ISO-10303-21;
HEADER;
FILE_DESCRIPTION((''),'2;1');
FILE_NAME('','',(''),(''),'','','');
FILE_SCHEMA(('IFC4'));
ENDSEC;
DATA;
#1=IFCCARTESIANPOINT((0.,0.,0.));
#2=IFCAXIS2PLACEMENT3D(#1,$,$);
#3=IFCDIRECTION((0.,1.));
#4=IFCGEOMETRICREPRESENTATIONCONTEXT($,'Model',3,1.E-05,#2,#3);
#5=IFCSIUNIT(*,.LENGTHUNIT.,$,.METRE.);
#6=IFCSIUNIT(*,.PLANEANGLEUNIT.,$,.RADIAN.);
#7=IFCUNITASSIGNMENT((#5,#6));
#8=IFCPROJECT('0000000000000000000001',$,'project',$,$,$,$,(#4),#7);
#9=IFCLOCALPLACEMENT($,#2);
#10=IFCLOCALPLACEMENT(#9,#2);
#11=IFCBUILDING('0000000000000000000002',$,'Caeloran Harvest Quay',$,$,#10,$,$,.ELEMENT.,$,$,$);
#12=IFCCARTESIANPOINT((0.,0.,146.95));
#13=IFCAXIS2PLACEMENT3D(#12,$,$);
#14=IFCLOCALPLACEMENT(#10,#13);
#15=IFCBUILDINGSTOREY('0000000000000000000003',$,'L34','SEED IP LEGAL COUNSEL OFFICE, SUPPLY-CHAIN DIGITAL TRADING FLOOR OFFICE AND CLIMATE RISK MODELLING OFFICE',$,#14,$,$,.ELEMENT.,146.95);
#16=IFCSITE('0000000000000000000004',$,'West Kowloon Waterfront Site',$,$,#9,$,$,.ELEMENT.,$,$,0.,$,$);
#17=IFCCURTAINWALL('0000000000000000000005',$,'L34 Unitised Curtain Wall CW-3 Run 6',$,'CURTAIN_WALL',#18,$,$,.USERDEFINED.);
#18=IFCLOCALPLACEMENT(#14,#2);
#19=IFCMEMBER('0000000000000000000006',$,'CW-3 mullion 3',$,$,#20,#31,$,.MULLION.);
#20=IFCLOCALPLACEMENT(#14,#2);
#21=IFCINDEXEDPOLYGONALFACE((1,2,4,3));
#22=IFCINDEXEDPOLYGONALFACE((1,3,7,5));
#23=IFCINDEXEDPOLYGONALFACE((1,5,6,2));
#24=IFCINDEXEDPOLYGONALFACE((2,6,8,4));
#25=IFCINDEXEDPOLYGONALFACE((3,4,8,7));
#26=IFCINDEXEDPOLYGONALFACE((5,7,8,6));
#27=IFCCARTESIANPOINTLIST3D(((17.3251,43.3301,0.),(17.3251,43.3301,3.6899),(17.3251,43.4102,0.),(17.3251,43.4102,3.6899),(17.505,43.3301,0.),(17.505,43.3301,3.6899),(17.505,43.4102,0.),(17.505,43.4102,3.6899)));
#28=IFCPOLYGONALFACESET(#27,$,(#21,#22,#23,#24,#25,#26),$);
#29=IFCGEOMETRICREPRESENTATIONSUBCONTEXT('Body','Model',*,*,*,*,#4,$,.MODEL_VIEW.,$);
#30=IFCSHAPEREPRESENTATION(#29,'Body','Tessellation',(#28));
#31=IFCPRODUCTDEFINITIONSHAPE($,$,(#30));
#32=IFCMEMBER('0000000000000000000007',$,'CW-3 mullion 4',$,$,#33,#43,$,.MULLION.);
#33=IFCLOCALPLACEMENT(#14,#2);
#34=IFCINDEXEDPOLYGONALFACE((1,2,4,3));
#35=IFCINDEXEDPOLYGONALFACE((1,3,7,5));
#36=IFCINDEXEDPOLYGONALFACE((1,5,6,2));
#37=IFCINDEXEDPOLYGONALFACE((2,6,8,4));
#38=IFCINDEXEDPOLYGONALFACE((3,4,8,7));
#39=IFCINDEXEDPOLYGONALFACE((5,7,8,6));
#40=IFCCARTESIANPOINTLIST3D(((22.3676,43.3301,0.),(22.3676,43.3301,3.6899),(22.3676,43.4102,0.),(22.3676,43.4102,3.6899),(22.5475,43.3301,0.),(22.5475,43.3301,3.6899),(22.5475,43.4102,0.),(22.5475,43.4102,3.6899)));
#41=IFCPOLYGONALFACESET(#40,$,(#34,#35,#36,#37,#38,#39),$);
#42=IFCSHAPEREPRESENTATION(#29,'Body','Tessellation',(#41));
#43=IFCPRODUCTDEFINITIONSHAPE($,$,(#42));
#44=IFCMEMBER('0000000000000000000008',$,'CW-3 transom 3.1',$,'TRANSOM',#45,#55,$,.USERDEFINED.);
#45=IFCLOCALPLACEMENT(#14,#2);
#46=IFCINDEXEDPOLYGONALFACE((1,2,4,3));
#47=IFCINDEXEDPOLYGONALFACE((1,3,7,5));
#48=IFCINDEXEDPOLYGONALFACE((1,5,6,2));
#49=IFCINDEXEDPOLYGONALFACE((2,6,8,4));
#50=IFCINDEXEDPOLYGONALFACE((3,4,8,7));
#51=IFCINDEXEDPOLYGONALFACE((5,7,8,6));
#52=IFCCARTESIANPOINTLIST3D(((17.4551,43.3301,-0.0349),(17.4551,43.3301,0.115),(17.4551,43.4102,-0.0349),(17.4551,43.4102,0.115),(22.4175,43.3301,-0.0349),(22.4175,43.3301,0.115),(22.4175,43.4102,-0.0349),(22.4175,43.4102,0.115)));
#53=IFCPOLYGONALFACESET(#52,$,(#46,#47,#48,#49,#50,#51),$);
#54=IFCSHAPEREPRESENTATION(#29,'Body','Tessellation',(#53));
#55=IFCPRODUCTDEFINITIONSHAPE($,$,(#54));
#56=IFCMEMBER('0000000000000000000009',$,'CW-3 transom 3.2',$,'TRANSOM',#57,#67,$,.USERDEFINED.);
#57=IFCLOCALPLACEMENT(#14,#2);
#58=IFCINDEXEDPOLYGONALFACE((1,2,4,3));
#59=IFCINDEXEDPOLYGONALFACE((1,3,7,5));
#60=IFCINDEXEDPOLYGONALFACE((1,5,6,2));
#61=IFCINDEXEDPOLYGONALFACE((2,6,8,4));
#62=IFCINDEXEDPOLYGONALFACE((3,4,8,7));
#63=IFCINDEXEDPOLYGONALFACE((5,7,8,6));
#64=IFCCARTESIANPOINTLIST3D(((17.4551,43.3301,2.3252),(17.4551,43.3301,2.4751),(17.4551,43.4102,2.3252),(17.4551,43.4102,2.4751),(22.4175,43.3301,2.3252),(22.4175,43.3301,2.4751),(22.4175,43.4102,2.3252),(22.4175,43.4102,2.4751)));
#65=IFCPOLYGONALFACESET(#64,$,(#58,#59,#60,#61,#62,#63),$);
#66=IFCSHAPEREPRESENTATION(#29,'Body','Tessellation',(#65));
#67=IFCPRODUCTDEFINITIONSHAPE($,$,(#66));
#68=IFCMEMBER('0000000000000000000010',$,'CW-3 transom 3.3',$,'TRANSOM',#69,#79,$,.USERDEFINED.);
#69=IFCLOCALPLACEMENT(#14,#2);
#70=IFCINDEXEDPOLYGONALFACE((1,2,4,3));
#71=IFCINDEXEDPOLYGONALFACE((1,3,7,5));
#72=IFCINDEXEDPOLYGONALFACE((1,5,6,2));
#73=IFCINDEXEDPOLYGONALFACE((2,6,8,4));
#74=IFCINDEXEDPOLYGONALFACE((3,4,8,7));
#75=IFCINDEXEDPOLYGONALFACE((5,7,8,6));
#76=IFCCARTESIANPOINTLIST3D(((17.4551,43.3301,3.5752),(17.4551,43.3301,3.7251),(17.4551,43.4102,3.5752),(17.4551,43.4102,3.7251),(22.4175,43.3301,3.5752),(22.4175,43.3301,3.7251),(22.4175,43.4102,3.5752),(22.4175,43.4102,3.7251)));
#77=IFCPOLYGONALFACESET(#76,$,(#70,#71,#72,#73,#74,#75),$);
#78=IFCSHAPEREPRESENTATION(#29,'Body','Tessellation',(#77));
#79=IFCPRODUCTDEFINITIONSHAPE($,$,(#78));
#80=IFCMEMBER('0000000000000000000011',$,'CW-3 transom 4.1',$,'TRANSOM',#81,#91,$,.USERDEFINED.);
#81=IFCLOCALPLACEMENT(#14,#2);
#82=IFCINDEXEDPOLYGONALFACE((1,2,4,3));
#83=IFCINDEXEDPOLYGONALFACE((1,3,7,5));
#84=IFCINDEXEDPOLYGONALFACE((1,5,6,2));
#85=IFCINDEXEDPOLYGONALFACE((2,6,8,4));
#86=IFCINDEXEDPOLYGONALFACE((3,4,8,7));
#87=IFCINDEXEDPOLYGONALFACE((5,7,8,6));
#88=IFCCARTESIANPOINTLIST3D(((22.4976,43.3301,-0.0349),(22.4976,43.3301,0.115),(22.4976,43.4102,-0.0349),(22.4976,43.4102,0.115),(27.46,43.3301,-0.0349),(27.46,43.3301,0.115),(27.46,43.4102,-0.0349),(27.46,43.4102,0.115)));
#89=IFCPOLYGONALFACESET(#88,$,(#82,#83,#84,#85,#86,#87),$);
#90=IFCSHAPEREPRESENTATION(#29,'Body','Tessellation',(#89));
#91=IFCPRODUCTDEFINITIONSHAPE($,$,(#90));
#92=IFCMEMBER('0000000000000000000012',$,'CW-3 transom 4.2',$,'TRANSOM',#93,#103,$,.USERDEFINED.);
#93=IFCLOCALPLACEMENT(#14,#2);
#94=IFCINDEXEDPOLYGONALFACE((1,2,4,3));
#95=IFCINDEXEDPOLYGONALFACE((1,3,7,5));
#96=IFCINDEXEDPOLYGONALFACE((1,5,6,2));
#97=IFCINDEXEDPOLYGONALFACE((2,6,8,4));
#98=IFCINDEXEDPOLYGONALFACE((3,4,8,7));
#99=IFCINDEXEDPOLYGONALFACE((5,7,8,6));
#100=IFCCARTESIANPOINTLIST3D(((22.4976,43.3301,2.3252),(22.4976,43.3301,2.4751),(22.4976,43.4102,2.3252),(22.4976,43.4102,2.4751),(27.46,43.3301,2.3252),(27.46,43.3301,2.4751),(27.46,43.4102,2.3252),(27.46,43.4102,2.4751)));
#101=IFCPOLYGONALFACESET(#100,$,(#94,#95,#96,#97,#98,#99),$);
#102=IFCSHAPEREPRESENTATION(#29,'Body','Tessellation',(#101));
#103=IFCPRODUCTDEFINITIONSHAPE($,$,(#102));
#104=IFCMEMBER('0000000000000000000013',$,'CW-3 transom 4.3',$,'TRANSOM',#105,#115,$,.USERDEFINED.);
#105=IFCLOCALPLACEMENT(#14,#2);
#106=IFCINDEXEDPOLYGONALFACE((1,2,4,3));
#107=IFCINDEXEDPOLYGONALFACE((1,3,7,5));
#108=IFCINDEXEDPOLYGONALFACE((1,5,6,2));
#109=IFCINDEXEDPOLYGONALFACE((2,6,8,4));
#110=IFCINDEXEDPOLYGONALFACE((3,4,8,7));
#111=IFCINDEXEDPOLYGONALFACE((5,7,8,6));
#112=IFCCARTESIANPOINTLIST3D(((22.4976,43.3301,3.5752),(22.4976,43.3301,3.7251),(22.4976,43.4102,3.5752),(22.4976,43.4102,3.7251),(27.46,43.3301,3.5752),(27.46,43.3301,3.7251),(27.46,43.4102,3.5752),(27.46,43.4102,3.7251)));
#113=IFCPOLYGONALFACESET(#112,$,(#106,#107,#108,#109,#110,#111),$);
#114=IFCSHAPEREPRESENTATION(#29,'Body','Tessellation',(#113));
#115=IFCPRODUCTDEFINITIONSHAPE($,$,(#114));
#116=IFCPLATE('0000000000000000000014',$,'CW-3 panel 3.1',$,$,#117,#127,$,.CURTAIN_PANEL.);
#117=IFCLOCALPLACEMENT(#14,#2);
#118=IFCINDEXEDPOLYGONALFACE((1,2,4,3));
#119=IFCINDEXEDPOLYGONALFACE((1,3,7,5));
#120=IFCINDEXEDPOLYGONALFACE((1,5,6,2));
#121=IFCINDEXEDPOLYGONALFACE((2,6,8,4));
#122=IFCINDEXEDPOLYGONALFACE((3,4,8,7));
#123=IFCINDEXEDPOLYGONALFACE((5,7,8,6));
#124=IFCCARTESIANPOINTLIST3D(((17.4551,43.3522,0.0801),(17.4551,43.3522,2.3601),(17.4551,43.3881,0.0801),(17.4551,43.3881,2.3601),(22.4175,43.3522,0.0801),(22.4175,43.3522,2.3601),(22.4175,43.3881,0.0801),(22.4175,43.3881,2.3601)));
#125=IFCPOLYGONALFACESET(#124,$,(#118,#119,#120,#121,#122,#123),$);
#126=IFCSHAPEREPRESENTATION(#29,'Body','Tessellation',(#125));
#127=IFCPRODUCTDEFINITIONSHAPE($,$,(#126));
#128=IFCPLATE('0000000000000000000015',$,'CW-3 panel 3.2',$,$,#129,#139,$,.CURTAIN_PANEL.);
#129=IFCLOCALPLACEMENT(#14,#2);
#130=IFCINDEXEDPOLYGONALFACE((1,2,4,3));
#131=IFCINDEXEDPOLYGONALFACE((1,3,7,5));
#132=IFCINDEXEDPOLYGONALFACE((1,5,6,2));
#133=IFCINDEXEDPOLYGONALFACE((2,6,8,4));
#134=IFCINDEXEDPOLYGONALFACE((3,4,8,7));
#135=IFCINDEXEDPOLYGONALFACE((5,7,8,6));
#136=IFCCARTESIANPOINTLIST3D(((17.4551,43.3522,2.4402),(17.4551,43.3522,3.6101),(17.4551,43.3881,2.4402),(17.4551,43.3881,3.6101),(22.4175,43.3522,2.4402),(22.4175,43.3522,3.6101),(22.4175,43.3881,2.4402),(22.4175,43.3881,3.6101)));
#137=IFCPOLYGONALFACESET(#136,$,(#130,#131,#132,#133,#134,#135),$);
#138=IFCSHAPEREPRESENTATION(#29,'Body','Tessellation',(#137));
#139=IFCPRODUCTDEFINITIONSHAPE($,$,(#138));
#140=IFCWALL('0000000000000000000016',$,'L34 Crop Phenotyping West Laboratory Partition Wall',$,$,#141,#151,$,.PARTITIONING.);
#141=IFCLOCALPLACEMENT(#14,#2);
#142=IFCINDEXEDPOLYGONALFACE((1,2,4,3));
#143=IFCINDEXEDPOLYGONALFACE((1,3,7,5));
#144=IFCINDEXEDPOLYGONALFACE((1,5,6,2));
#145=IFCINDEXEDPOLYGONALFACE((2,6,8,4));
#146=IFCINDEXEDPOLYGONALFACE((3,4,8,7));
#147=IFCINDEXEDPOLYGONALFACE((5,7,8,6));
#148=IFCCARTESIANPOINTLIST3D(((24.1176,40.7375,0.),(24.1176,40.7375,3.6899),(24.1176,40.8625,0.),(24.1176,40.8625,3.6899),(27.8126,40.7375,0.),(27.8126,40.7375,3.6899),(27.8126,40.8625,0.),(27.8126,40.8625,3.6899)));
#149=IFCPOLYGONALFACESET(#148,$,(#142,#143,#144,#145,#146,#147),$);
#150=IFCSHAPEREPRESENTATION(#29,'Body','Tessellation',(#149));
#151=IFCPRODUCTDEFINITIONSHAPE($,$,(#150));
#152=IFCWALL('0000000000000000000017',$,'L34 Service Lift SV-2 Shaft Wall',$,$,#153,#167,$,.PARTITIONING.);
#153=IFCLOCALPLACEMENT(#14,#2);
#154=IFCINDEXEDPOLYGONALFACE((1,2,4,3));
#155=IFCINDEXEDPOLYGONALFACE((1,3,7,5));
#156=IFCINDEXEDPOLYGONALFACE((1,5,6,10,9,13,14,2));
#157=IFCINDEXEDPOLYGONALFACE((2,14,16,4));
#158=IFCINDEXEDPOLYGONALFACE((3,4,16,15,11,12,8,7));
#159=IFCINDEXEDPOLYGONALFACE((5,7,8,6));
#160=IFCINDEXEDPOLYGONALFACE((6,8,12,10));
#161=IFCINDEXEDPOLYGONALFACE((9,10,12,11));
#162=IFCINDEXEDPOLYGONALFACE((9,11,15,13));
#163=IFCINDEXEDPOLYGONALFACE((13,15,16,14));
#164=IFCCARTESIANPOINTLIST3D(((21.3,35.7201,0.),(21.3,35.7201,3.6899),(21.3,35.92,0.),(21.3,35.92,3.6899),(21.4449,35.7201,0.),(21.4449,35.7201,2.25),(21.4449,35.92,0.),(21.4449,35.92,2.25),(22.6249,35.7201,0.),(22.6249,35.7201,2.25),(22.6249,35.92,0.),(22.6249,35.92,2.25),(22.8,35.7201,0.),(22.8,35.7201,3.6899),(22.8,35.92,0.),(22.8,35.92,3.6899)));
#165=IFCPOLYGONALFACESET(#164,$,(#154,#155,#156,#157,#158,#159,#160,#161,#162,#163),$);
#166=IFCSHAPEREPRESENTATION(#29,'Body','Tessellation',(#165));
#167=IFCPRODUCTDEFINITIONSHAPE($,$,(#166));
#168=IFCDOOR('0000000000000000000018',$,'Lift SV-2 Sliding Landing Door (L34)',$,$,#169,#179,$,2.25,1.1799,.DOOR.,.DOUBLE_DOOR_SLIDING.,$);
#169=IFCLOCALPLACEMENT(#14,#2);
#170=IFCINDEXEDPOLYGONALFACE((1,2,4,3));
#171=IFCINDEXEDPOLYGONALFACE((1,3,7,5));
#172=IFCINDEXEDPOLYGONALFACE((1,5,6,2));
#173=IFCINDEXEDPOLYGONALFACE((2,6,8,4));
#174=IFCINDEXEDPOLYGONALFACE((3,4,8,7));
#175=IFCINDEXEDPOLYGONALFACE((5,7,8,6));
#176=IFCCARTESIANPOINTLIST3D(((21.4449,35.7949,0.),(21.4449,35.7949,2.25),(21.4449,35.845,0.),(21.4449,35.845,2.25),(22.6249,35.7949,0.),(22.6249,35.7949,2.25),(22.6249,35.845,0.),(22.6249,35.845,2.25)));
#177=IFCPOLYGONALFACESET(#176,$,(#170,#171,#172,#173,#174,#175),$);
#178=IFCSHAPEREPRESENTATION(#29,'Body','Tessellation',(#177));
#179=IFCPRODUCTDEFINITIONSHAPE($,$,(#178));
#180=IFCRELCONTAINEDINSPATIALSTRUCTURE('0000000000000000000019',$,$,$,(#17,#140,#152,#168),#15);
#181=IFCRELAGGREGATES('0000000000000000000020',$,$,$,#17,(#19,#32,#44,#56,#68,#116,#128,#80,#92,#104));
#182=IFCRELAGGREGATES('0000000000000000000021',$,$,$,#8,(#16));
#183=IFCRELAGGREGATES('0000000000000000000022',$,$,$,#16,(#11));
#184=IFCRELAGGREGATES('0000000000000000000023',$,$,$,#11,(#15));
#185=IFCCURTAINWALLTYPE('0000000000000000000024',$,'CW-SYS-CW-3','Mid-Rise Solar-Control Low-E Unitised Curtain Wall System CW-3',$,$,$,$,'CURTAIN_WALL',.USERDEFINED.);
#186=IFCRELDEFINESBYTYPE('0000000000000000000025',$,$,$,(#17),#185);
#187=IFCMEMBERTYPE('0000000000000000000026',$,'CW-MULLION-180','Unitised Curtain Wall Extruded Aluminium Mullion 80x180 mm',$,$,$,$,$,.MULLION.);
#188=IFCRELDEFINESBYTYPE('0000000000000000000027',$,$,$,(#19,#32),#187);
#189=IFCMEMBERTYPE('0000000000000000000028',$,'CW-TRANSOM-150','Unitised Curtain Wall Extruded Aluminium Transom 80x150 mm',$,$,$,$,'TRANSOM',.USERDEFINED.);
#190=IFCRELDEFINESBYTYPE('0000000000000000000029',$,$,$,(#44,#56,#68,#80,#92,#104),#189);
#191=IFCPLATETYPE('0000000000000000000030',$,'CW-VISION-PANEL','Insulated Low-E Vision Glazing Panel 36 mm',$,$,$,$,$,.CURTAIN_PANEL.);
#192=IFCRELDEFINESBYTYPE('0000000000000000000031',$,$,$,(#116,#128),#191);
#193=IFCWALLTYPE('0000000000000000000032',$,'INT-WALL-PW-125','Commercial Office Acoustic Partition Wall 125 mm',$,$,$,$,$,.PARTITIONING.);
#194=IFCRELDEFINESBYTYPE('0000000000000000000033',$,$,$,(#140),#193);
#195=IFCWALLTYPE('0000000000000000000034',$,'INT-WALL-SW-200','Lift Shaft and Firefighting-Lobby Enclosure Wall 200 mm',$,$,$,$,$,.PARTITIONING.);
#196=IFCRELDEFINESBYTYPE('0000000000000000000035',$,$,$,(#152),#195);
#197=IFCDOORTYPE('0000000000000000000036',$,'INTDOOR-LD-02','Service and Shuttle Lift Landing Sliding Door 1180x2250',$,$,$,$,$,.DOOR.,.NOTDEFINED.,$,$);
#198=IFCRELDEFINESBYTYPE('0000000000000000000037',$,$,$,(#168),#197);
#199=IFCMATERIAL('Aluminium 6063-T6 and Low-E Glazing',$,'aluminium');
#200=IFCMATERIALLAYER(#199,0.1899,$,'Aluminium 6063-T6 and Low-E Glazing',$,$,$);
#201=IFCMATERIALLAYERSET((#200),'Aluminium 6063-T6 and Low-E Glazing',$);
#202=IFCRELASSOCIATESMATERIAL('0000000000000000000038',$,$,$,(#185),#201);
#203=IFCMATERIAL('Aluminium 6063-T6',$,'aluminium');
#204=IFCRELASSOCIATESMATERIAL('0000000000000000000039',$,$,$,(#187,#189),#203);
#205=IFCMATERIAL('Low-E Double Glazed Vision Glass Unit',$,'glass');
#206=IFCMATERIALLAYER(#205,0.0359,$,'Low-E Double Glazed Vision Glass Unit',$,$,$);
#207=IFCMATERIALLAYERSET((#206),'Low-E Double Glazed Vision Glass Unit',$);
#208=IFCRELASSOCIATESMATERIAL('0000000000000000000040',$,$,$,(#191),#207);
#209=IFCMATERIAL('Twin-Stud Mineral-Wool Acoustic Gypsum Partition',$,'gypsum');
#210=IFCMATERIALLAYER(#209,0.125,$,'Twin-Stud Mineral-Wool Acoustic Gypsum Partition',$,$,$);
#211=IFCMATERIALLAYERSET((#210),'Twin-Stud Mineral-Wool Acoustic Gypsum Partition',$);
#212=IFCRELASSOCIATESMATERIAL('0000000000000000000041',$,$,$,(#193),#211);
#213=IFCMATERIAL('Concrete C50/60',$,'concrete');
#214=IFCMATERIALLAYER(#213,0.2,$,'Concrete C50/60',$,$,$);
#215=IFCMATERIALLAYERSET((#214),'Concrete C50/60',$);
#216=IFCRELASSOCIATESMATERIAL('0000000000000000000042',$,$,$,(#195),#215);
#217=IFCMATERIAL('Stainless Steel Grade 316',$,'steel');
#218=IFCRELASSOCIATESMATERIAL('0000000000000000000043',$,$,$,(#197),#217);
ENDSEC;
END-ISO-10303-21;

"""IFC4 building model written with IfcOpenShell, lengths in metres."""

from ifc_helpers import new_model, si_unit, direction, frame, frame_2d, origin, origin_2d, place, context, subcontext, project, spatial, rectangle, extrude, material, layer, layer_set, material_profile, profile_set, type_object, element, fill, aggregate, save


model = new_model("IFC4")

# Units and contexts
model_context = context("Model", 3, precision=1e-05, world=origin(), true_north=direction((0.0, 1.0)))
body_context = subcontext(model_context, "Body", "Model", "MODEL_VIEW")
ifc_project = project(units=[si_unit("LENGTHUNIT", "METRE"), si_unit("PLANEANGLEUNIT", "RADIAN")], contexts=[model_context])

# Site, building, storey
site_placement = place(None, origin())
site = spatial("IfcSite", under=ifc_project, at=site_placement, Name="West Kowloon Waterfront Site", CompositionType="ELEMENT", RefElevation=0.0)
building_placement = place(site_placement, origin())
building = spatial("IfcBuilding", under=site, at=building_placement, Name="Caeloran Harvest Quay", CompositionType="ELEMENT")
storey_placement = place(building_placement, frame((0.0, 0.0, 146.95)))
storey = spatial("IfcBuildingStorey", under=building, at=storey_placement, Name="L34", Description="SEED IP LEGAL COUNSEL OFFICE, SUPPLY-CHAIN DIGITAL TRADING FLOOR OFFICE AND CLIMATE RISK MODELLING OFFICE", CompositionType="ELEMENT", Elevation=146.95)

# Curtain wall, members, plates
ifc_material_1 = material(Name="Aluminium 6063-T6 and Low-E Glazing", Category="aluminium")
ifc_layer_1 = layer(ifc_material_1, 0.1899, Name="Aluminium 6063-T6 and Low-E Glazing")
ifc_layer_set_1 = layer_set([ifc_layer_1], Name="Aluminium 6063-T6 and Low-E Glazing")
curtain_wall_type = type_object("IfcCurtainWallType", Name="CW-SYS-CW-3", Description="Mid-Rise Solar-Control Low-E Unitised Curtain Wall System CW-3", ElementType="CURTAIN_WALL", PredefinedType="USERDEFINED", material=ifc_layer_set_1)
curtain_wall_placement = place(storey_placement, origin())
curtain_wall = element("IfcCurtainWall", 1, at=curtain_wall_placement, inside=storey, type_object=curtain_wall_type, Name="L34 Unitised Curtain Wall CW-3 Run 6", ObjectType="CURTAIN_WALL", PredefinedType="USERDEFINED")
ifc_material_2 = material(Name="Aluminium 6063-T6", Category="aluminium")
ifc_material_profile_1 = material_profile(ifc_material_2, rectangle(XDim=0.0801, YDim=0.1799, at=origin_2d()), Name="CW-MULLION-180")
ifc_profile_set_1 = profile_set([ifc_material_profile_1], Name="Aluminium 6063-T6")
member_type_1 = type_object("IfcMemberType", Name="CW-MULLION-180", Description="Unitised Curtain Wall Extruded Aluminium Mullion 80x180 mm", PredefinedType="MULLION", material=ifc_profile_set_1)
member_1_placement = place(storey_placement, frame((17.415, 43.3701, 0.0), z_axis=(0.0, 0.0, 1.0), x_axis=(0.0, 1.0, 0.0)))
member_1 = element("IfcMember", 2, at=member_1_placement, type_object=member_type_1, Name="CW-3 mullion 3", PredefinedType="MULLION", context=body_context, shape_type="SweptSolid", body=[
    extrude(rectangle(XDim=0.0801, YDim=0.1799, at=origin_2d()), origin(), (0.0, 0.0, 1.0), 3.6899),
])
member_2_placement = place(storey_placement, frame((22.4575, 43.3701, 0.0), z_axis=(0.0, 0.0, 1.0), x_axis=(0.0, 1.0, 0.0)))
member_2 = element("IfcMember", 3, at=member_2_placement, type_object=member_type_1, Name="CW-3 mullion 4", PredefinedType="MULLION", context=body_context, shape_type="SweptSolid", body=[
    extrude(rectangle(XDim=0.0801, YDim=0.1799, at=origin_2d()), origin(), (0.0, 0.0, 1.0), 3.6899),
])
ifc_material_profile_2 = material_profile(ifc_material_2, rectangle(XDim=0.0801, YDim=0.1499, at=origin_2d()), Name="CW-TRANSOM-150")
ifc_profile_set_2 = profile_set([ifc_material_profile_2], Name="Aluminium 6063-T6")
member_type_2 = type_object("IfcMemberType", Name="CW-TRANSOM-150", Description="Unitised Curtain Wall Extruded Aluminium Transom 80x150 mm", ElementType="TRANSOM", PredefinedType="USERDEFINED", material=ifc_profile_set_2)
member_3_placement = place(storey_placement, frame((17.4551, 43.3701, 0.04), z_axis=(1.0, 0.0, 0.0), x_axis=(0.0, 1.0, 0.0)))
member_3 = element("IfcMember", 4, at=member_3_placement, type_object=member_type_2, Name="CW-3 transom 3.1", ObjectType="TRANSOM", PredefinedType="USERDEFINED", context=body_context, shape_type="SweptSolid", body=[
    extrude(rectangle(XDim=0.0801, YDim=0.1499, at=origin_2d()), origin(), (0.0, 0.0, 1.0), 4.9624),
])
member_4_placement = place(storey_placement, frame((17.4551, 43.3701, 2.4001), z_axis=(1.0, 0.0, 0.0), x_axis=(0.0, 1.0, 0.0)))
member_4 = element("IfcMember", 5, at=member_4_placement, type_object=member_type_2, Name="CW-3 transom 3.2", ObjectType="TRANSOM", PredefinedType="USERDEFINED", context=body_context, shape_type="SweptSolid", body=[
    extrude(rectangle(XDim=0.0801, YDim=0.1499, at=origin_2d()), origin(), (0.0, 0.0, 1.0), 4.9624),
])
member_5_placement = place(storey_placement, frame((17.4551, 43.3701, 3.6501), z_axis=(1.0, 0.0, 0.0), x_axis=(0.0, 1.0, 0.0)))
member_5 = element("IfcMember", 6, at=member_5_placement, type_object=member_type_2, Name="CW-3 transom 3.3", ObjectType="TRANSOM", PredefinedType="USERDEFINED", context=body_context, shape_type="SweptSolid", body=[
    extrude(rectangle(XDim=0.0801, YDim=0.1499, at=origin_2d()), origin(), (0.0, 0.0, 1.0), 4.9624),
])
member_6_placement = place(storey_placement, frame((22.4976, 43.3701, 0.04), z_axis=(1.0, 0.0, 0.0), x_axis=(0.0, 1.0, 0.0)))
member_6 = element("IfcMember", 7, at=member_6_placement, type_object=member_type_2, Name="CW-3 transom 4.1", ObjectType="TRANSOM", PredefinedType="USERDEFINED", context=body_context, shape_type="SweptSolid", body=[
    extrude(rectangle(XDim=0.0801, YDim=0.1499, at=origin_2d()), origin(), (0.0, 0.0, 1.0), 4.9624),
])
member_7_placement = place(storey_placement, frame((22.4976, 43.3701, 2.4001), z_axis=(1.0, 0.0, 0.0), x_axis=(0.0, 1.0, 0.0)))
member_7 = element("IfcMember", 8, at=member_7_placement, type_object=member_type_2, Name="CW-3 transom 4.2", ObjectType="TRANSOM", PredefinedType="USERDEFINED", context=body_context, shape_type="SweptSolid", body=[
    extrude(rectangle(XDim=0.0801, YDim=0.1499, at=origin_2d()), origin(), (0.0, 0.0, 1.0), 4.9624),
])
member_8_placement = place(storey_placement, frame((22.4976, 43.3701, 3.6501), z_axis=(1.0, 0.0, 0.0), x_axis=(0.0, 1.0, 0.0)))
member_8 = element("IfcMember", 9, at=member_8_placement, type_object=member_type_2, Name="CW-3 transom 4.3", ObjectType="TRANSOM", PredefinedType="USERDEFINED", context=body_context, shape_type="SweptSolid", body=[
    extrude(rectangle(XDim=0.0801, YDim=0.1499, at=origin_2d()), origin(), (0.0, 0.0, 1.0), 4.9624),
])
ifc_material_3 = material(Name="Low-E Double Glazed Vision Glass Unit", Category="glass")
ifc_layer_2 = layer(ifc_material_3, 0.0359, Name="Low-E Double Glazed Vision Glass Unit")
ifc_layer_set_2 = layer_set([ifc_layer_2], Name="Low-E Double Glazed Vision Glass Unit")
plate_type = type_object("IfcPlateType", Name="CW-VISION-PANEL", Description="Insulated Low-E Vision Glazing Panel 36 mm", PredefinedType="CURTAIN_PANEL", material=ifc_layer_set_2)
plate_1_placement = place(storey_placement, frame((19.9363, 43.3701, 0.0801), z_axis=(0.0, 0.0, 1.0), x_axis=(1.0, 0.0, 0.0)))
plate_1 = element("IfcPlate", 10, at=plate_1_placement, type_object=plate_type, Name="CW-3 panel 3.1", PredefinedType="CURTAIN_PANEL", context=body_context, shape_type="SweptSolid", body=[
    extrude(rectangle(XDim=4.9624, YDim=0.0359, at=origin_2d()), origin(), (0.0, 0.0, 1.0), 2.28),
])
plate_2_placement = place(storey_placement, frame((19.9363, 43.3701, 2.4402), z_axis=(0.0, 0.0, 1.0), x_axis=(1.0, 0.0, 0.0)))
plate_2 = element("IfcPlate", 11, at=plate_2_placement, type_object=plate_type, Name="CW-3 panel 3.2", PredefinedType="CURTAIN_PANEL", context=body_context, shape_type="SweptSolid", body=[
    extrude(rectangle(XDim=4.9624, YDim=0.0359, at=origin_2d()), origin(), (0.0, 0.0, 1.0), 1.1699),
])
aggregate(curtain_wall, [member_1, member_2, member_3, member_4, member_5, plate_1, plate_2, member_6, member_7, member_8])

# Wall
ifc_material_4 = material(Name="Twin-Stud Mineral-Wool Acoustic Gypsum Partition", Category="gypsum")
ifc_layer_3 = layer(ifc_material_4, 0.125, Name="Twin-Stud Mineral-Wool Acoustic Gypsum Partition")
ifc_layer_set_3 = layer_set([ifc_layer_3], Name="Twin-Stud Mineral-Wool Acoustic Gypsum Partition")
wall_type_1 = type_object("IfcWallType", Name="INT-WALL-PW-125", Description="Commercial Office Acoustic Partition Wall 125 mm", PredefinedType="PARTITIONING", material=ifc_layer_set_3)
wall_1_placement = place(storey_placement, frame((24.1174, 40.8, 0.0), z_axis=(0.0, 0.0, 1.0), x_axis=(1.0, 0.0, 0.0)))
element("IfcWall", 12, at=wall_1_placement, inside=storey, type_object=wall_type_1, Name="L34 Crop Phenotyping West Laboratory Partition Wall", PredefinedType="PARTITIONING", context=body_context, shape_type="SweptSolid", body=[
    extrude(rectangle(XDim=3.6951, YDim=0.125, at=frame_2d((1.8477, 0.0))), origin(), (0.0, 0.0, 1.0), 3.6899),
])

# Wall, opening, door
ifc_material_5 = material(Name="Concrete C50/60", Category="concrete")
ifc_layer_4 = layer(ifc_material_5, 0.2, Name="Concrete C50/60")
ifc_layer_set_4 = layer_set([ifc_layer_4], Name="Concrete C50/60")
wall_type_2 = type_object("IfcWallType", Name="INT-WALL-SW-200", Description="Lift Shaft and Firefighting-Lobby Enclosure Wall 200 mm", PredefinedType="PARTITIONING", material=ifc_layer_set_4)
wall_2_placement = place(storey_placement, frame((21.3, 35.8201, 0.0), z_axis=(0.0, 0.0, 1.0), x_axis=(1.0, 0.0, 0.0)))
wall_2 = element("IfcWall", 13, at=wall_2_placement, inside=storey, type_object=wall_type_2, Name="L34 Service Lift SV-2 Shaft Wall", PredefinedType="PARTITIONING", context=body_context, shape_type="SweptSolid", body=[
    extrude(rectangle(XDim=1.5, YDim=0.2, at=frame_2d((0.75, 0.0))), origin(), (0.0, 0.0, 1.0), 3.6899),
])
opening_placement = place(wall_2_placement, frame((0.145, 0.0, 0.0)))
opening = element("IfcOpeningElement", 14, at=opening_placement, cuts=wall_2, PredefinedType="OPENING", context=body_context, shape_type="SweptSolid", body=[
    extrude(rectangle(XDim=1.1799, YDim=2.25, at=frame_2d((0.5898, 1.125))), frame((0.0, 0.1099, 0.0), z_axis=(0.0, -1.0, 0.0), x_axis=(1.0, 0.0, 0.0)), (0.0, 0.0, 1.0), 0.22),
])
ifc_material_6 = material(Name="Stainless Steel Grade 316", Category="steel")
door_type = type_object("IfcDoorType", Name="INTDOOR-LD-02", Description="Service and Shuttle Lift Landing Sliding Door 1180x2250", OperationType="NOTDEFINED", PredefinedType="DOOR", material=ifc_material_6)
door_placement = place(opening_placement, origin())
door = element("IfcDoor", 15, at=door_placement, inside=storey, type_object=door_type, Name="Lift SV-2 Sliding Landing Door (L34)", OperationType="DOUBLE_DOOR_SLIDING", OverallHeight=2.25, OverallWidth=1.1799, PredefinedType="DOOR", context=body_context, shape_type="SweptSolid", body=[
    extrude(rectangle(XDim=1.1799, YDim=2.25, at=frame_2d((0.5898, 1.125))), frame((0.0, 0.0249, 0.0), z_axis=(0.0, -1.0, 0.0), x_axis=(1.0, 0.0, 0.0)), (0.0, 0.0, 1.0), 0.05),
])
fill(opening, door)

save(model, "model.ifc")
